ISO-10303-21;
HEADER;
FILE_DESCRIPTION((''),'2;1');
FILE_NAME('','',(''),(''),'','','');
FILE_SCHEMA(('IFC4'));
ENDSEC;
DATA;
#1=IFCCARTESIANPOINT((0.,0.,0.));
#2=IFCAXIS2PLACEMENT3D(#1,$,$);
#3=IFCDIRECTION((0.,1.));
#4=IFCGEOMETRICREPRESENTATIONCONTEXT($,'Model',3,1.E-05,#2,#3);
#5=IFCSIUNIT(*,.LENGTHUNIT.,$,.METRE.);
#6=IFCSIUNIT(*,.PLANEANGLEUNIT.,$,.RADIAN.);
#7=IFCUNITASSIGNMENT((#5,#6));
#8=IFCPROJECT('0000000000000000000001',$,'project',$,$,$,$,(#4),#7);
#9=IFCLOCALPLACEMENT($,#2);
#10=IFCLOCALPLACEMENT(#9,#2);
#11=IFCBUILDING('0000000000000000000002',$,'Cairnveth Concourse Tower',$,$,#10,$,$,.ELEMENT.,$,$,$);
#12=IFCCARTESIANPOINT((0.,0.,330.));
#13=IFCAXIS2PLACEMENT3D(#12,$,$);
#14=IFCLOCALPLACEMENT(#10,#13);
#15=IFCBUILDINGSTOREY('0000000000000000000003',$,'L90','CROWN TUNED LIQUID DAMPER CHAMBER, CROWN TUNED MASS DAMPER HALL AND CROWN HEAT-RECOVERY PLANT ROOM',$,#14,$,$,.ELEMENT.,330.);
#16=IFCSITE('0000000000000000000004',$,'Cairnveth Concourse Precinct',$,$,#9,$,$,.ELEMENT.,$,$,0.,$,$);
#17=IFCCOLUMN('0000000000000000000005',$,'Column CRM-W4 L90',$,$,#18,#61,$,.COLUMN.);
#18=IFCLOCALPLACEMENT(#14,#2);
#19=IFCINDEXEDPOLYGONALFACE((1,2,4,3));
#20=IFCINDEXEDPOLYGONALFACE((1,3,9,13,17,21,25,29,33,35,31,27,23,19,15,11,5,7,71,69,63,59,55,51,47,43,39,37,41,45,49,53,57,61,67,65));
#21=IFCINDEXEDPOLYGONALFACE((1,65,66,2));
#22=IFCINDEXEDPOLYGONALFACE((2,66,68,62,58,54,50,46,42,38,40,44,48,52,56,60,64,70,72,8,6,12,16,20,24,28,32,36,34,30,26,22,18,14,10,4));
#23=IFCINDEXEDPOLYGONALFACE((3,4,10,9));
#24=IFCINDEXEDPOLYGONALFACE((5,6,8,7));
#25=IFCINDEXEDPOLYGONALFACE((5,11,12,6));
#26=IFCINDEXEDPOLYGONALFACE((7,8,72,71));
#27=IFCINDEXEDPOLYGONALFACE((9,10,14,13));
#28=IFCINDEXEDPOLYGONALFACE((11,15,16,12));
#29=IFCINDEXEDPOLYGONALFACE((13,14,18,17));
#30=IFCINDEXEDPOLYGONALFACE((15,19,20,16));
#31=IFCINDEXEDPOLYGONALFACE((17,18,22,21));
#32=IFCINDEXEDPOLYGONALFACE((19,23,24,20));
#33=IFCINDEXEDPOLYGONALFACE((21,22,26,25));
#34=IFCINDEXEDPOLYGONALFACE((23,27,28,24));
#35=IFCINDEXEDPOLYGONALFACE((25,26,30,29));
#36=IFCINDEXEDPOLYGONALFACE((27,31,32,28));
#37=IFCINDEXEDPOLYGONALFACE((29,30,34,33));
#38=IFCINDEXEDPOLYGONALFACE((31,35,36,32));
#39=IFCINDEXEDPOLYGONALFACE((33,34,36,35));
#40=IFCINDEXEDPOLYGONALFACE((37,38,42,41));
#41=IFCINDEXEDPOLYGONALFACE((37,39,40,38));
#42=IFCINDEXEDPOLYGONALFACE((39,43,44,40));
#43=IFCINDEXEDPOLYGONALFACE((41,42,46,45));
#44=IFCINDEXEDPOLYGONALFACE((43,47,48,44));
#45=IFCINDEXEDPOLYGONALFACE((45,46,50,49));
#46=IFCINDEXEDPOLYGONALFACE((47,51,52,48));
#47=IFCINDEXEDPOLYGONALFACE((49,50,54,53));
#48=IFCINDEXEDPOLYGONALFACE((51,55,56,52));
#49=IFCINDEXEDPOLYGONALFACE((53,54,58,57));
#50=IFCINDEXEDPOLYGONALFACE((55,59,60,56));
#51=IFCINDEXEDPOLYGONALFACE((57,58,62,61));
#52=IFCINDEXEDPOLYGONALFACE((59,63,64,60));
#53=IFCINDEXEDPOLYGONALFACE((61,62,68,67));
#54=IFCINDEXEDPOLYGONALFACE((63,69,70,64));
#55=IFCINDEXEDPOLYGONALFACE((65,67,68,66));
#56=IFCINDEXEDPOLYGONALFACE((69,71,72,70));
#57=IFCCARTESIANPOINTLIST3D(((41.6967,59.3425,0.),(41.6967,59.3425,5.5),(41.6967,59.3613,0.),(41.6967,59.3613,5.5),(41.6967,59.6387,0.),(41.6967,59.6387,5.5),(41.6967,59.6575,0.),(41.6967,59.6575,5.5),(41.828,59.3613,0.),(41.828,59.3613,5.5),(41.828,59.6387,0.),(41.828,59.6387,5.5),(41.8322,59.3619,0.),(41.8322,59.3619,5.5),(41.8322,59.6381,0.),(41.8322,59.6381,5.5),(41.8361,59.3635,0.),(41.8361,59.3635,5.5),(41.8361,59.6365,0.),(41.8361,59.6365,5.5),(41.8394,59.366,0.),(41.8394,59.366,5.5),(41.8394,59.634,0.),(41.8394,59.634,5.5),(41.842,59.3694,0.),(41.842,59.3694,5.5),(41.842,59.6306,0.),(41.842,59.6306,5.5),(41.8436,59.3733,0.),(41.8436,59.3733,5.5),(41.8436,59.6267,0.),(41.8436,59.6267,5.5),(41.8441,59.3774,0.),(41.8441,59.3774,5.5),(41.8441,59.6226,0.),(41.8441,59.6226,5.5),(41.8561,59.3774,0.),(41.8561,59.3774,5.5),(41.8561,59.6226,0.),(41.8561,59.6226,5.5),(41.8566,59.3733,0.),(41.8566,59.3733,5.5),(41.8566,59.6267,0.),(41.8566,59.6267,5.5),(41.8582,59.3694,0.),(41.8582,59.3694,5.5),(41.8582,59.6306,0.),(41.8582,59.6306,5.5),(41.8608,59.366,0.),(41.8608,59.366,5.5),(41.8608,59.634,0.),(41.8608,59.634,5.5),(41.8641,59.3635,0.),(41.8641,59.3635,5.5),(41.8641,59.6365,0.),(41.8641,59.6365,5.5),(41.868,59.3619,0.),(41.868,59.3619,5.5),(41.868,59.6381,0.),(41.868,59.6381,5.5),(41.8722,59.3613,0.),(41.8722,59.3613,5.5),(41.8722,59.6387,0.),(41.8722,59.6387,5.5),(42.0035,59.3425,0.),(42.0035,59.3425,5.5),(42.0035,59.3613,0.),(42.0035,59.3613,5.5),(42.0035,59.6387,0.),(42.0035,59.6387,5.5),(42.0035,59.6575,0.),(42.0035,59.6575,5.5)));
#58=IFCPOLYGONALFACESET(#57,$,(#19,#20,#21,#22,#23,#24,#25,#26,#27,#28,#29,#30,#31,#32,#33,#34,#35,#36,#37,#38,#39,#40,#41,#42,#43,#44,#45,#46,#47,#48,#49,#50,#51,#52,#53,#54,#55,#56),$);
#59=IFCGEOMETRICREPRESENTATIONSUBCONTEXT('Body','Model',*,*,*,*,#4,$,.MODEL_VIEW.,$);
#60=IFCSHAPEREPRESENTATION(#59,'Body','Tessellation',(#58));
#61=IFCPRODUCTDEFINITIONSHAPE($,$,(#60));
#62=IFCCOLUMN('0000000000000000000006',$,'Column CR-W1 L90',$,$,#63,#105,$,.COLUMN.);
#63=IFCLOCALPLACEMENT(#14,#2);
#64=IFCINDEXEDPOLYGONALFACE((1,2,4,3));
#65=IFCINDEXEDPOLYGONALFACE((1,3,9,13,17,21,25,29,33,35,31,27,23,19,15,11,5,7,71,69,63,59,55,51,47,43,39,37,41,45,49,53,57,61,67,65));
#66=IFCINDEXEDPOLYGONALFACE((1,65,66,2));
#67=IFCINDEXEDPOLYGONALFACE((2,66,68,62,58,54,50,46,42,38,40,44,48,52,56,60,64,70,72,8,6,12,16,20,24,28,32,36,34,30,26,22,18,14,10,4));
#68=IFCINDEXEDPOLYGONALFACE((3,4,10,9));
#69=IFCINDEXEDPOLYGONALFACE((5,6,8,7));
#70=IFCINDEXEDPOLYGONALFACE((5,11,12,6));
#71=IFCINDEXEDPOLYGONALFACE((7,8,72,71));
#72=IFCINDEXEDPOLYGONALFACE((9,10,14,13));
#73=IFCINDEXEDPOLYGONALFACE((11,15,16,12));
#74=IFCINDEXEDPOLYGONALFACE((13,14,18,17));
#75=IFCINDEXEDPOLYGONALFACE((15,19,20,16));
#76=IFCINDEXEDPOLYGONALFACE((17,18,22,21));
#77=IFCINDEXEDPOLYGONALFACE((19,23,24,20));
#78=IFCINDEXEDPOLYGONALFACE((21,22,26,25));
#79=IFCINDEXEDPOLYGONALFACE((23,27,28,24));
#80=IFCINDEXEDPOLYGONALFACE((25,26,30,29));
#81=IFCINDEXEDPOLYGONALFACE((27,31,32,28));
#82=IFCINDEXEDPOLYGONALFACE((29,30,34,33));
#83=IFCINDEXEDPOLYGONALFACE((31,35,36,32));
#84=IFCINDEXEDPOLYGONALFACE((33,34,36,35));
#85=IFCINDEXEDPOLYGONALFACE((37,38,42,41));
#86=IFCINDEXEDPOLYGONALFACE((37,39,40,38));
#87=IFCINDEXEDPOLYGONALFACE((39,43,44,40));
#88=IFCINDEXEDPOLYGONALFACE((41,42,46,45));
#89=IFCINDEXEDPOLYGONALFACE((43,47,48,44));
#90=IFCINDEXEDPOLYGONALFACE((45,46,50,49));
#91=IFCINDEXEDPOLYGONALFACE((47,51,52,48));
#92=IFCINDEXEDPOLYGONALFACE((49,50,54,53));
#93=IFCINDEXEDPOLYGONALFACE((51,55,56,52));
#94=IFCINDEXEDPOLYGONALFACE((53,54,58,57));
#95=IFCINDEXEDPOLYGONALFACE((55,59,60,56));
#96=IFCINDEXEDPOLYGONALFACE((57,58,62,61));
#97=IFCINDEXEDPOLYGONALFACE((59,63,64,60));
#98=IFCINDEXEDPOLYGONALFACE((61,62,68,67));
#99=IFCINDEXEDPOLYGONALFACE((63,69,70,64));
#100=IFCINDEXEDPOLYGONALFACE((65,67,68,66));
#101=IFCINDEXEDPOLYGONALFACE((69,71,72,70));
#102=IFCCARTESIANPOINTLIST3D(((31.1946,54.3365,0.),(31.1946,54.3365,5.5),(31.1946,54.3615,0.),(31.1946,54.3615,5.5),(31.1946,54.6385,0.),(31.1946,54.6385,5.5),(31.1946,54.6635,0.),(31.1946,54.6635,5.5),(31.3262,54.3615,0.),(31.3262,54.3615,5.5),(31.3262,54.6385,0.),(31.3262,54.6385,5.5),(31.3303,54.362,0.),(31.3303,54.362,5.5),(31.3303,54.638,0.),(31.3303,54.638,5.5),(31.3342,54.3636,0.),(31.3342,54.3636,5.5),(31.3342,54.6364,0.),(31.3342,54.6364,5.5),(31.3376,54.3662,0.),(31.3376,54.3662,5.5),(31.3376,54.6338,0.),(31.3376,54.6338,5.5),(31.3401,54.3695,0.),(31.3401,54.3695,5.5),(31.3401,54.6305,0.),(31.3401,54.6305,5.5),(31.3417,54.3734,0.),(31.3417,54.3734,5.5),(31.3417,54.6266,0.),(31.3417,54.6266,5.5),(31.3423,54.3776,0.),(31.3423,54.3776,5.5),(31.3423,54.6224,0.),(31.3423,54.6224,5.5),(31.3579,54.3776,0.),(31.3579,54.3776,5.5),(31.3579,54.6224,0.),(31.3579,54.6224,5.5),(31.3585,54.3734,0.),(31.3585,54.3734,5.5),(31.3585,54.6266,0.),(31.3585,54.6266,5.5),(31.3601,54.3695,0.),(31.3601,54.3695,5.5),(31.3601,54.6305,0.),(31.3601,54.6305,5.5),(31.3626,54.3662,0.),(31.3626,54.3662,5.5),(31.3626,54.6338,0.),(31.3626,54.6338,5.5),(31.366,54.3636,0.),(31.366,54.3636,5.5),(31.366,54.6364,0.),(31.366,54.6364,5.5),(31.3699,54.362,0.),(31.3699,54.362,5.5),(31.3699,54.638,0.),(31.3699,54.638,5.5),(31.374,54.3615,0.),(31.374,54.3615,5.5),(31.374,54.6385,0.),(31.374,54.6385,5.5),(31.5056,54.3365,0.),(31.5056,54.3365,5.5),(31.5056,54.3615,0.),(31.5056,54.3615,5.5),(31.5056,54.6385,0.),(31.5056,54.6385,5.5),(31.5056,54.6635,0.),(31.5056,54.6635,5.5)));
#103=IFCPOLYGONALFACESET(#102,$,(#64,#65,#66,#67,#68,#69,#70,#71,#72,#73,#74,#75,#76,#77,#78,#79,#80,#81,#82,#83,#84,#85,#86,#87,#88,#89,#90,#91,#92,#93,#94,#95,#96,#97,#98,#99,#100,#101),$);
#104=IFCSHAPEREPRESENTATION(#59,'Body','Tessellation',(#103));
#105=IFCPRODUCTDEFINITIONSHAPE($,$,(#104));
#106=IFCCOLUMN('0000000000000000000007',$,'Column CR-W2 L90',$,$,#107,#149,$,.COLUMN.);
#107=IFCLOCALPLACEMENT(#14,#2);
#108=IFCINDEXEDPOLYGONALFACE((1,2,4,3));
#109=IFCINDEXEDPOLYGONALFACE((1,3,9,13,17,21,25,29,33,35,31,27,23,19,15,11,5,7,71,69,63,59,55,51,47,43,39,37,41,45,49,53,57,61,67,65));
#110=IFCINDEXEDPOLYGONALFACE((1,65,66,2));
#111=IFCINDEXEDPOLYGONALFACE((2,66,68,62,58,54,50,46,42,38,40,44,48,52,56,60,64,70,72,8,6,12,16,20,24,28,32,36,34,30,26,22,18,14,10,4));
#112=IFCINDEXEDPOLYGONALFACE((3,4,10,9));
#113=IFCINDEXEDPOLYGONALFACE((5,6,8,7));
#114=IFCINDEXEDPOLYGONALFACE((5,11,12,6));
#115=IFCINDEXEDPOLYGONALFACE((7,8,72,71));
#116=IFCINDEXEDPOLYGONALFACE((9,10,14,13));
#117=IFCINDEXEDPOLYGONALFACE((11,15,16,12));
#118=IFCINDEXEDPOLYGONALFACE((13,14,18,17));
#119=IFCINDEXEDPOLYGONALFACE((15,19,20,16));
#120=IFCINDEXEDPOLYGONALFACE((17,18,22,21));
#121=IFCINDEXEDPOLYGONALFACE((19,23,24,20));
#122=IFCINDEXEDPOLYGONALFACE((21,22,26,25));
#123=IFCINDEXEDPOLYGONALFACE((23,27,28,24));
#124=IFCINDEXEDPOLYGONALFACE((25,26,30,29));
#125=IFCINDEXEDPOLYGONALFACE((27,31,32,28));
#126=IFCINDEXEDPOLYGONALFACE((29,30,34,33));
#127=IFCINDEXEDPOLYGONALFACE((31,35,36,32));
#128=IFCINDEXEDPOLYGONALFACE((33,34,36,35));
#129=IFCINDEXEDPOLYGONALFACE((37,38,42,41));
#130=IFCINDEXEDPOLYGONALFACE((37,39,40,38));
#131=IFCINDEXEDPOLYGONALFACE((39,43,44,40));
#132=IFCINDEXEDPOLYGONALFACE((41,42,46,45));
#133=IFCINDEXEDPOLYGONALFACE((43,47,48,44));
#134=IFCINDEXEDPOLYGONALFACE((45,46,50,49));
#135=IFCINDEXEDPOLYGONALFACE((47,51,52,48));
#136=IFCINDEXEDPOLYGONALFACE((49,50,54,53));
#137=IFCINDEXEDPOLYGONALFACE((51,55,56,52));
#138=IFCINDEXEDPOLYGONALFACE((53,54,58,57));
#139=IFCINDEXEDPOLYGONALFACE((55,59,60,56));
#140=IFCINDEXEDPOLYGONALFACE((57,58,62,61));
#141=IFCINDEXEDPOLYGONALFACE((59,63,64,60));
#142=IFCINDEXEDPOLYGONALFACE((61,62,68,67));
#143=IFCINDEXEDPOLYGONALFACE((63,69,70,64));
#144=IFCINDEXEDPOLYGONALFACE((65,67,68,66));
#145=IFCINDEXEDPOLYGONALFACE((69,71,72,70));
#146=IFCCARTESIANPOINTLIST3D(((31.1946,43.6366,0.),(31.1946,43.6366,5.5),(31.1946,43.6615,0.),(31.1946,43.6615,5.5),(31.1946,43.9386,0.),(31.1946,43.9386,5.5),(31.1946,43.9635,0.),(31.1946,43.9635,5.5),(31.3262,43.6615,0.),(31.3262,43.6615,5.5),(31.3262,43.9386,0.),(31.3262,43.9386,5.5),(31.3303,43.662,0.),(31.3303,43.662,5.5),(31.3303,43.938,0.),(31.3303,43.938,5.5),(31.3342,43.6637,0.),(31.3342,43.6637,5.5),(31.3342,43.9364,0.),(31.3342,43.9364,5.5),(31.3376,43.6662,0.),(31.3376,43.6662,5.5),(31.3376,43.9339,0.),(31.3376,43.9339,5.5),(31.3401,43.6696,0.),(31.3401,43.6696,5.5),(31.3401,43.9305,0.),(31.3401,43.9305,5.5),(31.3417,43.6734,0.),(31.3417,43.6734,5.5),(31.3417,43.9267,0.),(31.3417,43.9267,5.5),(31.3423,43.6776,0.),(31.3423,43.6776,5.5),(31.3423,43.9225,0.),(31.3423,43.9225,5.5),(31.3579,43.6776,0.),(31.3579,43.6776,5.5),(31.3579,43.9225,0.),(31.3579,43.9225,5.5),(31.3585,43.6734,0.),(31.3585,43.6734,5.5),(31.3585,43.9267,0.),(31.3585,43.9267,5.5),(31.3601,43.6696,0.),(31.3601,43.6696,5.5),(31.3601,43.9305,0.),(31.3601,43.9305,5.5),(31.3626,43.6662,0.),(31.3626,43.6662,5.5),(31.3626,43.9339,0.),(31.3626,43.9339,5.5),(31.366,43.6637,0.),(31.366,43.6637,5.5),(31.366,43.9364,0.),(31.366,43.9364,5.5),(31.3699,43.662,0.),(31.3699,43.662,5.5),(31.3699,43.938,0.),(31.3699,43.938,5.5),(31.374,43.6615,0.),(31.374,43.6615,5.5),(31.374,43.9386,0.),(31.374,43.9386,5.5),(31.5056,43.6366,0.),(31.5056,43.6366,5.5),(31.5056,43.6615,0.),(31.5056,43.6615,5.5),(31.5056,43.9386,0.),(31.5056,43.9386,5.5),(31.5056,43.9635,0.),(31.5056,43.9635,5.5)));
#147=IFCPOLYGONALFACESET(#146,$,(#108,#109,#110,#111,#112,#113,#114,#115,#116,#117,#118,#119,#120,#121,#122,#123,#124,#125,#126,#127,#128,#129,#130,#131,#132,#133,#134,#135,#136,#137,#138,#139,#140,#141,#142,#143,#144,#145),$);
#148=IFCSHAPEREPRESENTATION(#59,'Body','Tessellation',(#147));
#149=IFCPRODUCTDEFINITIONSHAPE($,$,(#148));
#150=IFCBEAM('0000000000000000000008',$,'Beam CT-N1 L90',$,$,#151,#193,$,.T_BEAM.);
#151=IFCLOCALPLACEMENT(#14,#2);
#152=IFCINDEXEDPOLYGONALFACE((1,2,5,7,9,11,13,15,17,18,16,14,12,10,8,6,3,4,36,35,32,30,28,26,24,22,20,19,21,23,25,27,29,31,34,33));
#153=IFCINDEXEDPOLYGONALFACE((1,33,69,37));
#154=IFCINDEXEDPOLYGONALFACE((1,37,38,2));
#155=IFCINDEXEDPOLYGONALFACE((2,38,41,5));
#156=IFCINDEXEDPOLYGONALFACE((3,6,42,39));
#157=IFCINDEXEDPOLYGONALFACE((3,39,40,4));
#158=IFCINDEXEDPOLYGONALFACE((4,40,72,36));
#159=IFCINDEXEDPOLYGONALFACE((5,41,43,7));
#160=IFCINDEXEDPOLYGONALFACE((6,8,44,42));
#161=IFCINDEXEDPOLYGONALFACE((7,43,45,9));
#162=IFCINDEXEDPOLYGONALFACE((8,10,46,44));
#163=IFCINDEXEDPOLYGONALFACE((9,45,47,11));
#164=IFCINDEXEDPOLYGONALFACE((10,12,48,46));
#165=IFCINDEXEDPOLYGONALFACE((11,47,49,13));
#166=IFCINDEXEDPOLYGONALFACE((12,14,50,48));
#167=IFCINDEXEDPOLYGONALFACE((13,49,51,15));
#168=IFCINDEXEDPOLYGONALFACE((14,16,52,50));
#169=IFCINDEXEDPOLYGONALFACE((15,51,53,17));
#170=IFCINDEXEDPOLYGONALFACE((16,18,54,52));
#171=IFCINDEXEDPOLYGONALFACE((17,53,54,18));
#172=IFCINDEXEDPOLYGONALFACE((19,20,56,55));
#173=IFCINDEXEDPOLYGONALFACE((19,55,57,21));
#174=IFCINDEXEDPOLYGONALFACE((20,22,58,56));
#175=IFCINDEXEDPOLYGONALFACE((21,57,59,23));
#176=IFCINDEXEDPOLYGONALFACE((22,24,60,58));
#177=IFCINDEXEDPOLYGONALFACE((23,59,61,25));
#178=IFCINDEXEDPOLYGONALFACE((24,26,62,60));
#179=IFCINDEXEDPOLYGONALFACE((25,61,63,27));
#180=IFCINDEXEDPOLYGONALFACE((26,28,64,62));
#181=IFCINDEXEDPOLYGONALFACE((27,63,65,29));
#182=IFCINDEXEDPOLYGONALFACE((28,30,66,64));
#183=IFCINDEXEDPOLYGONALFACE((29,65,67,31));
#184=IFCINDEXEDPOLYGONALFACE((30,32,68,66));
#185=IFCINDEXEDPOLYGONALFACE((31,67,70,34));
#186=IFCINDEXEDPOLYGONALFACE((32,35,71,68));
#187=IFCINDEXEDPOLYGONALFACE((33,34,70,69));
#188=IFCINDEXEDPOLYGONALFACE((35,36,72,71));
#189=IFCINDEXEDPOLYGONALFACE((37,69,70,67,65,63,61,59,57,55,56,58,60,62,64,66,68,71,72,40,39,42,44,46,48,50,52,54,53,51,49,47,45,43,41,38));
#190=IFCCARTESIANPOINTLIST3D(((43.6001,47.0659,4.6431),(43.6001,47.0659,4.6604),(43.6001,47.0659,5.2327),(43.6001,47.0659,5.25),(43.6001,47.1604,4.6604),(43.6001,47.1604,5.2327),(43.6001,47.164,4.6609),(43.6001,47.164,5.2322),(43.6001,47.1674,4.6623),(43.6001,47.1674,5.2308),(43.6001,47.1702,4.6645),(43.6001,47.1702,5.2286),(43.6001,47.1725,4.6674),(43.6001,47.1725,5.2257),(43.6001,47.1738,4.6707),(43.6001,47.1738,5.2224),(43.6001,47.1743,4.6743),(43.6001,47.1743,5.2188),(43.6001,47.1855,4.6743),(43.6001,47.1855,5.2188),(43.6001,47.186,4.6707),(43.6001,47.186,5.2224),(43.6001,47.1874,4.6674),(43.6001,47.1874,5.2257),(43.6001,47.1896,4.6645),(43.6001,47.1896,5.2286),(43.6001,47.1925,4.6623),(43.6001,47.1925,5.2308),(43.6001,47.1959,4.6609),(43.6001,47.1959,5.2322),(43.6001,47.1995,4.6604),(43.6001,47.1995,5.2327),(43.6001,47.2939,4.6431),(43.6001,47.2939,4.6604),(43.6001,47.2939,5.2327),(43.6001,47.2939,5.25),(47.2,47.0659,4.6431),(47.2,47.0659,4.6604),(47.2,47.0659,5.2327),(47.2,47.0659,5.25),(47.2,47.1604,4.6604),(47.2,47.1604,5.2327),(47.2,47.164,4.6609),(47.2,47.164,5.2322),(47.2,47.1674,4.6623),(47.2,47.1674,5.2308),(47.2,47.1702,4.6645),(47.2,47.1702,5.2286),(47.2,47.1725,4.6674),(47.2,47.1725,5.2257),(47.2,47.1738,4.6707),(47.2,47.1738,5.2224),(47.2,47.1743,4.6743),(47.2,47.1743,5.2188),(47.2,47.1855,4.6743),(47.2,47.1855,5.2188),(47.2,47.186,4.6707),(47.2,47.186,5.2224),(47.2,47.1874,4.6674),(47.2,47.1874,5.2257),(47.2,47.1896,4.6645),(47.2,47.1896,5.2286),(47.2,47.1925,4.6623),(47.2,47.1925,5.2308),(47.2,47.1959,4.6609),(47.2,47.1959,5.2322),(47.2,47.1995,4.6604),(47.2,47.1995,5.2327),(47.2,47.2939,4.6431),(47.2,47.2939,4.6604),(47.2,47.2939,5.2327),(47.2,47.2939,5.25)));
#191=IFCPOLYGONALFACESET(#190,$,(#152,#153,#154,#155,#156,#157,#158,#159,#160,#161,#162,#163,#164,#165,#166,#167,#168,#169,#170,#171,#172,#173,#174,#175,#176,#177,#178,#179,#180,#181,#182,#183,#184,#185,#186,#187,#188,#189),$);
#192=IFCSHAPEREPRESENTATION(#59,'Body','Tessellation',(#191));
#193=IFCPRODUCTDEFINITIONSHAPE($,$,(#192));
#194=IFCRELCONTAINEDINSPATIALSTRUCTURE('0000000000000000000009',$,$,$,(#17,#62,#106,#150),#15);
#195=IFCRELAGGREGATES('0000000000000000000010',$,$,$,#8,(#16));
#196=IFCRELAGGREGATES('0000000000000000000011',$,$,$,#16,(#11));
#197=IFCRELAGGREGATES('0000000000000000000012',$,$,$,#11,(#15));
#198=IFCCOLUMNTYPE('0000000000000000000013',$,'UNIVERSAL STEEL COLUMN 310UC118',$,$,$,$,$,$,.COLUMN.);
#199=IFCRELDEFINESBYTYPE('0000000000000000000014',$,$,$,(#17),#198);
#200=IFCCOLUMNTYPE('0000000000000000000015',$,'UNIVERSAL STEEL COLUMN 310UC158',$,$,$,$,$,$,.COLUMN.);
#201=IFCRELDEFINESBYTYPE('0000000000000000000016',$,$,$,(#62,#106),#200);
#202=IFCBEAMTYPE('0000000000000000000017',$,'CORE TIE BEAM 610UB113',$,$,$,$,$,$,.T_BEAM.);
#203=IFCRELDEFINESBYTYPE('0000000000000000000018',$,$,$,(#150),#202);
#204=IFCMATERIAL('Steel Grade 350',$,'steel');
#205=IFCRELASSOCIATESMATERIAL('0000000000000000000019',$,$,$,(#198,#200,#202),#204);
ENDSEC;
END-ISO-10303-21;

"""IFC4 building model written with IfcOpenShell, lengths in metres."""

from ifc_helpers import new_model, si_unit, direction, frame, origin, origin_2d, place, context, subcontext, project, spatial, i_section, extrude, material, material_profile, profile_set, type_object, element, save


model = new_model("IFC4")

# Units and contexts
model_context = context("Model", 3, precision=1e-05, world=origin(), true_north=direction((0.0, 1.0)))
body_context = subcontext(model_context, "Body", "Model", "MODEL_VIEW")
ifc_project = project(units=[si_unit("LENGTHUNIT", "METRE"), si_unit("PLANEANGLEUNIT", "RADIAN")], contexts=[model_context])

# Site, building, storey
site_placement = place(None, origin())
site = spatial("IfcSite", under=ifc_project, at=site_placement, Name="Cairnveth Concourse Precinct", CompositionType="ELEMENT", RefElevation=0.0)
building_placement = place(site_placement, origin())
building = spatial("IfcBuilding", under=site, at=building_placement, Name="Cairnveth Concourse Tower", CompositionType="ELEMENT")
storey_placement = place(building_placement, frame((0.0, 0.0, 330.0)))
storey = spatial("IfcBuildingStorey", under=building, at=storey_placement, Name="L90", Description="CROWN TUNED LIQUID DAMPER CHAMBER, CROWN TUNED MASS DAMPER HALL AND CROWN HEAT-RECOVERY PLANT ROOM", CompositionType="ELEMENT", Elevation=330.0)

# Columns
ifc_material_1 = material(Name="Steel Grade 350", Category="steel")
ifc_material_profile_1 = material_profile(ifc_material_1, i_section(OverallWidth=0.3069, OverallDepth=0.3149, WebThickness=0.012, FlangeThickness=0.0188, FilletRadius=0.0161, at=origin_2d()), Name="310UC118")
ifc_profile_set_1 = profile_set([ifc_material_profile_1], Name="Steel Grade 350")
column_type_1 = type_object("IfcColumnType", Name="UNIVERSAL STEEL COLUMN 310UC118", PredefinedType="COLUMN", material=ifc_profile_set_1)
for number, where, z_axis, x_axis, name in (
    (1, (41.8501, 59.5, 0.0), (0.0, 0.0, 1.0), (1.0, 0.0, 0.0), "Column CRM-W4 L90"),
):
    element("IfcColumn", number, at=place(storey_placement, frame(where, z_axis=z_axis, x_axis=x_axis)), inside=storey, type_object=column_type_1, Name=name, PredefinedType="COLUMN", context=body_context, shape_type="SweptSolid", body=[
        extrude(i_section(OverallWidth=0.3069, OverallDepth=0.3149, WebThickness=0.012, FlangeThickness=0.0188, FilletRadius=0.0161, at=origin_2d()), origin(), (0.0, 0.0, 1.0), 5.5),
    ])
ifc_material_profile_2 = material_profile(ifc_material_1, i_section(OverallWidth=0.311, OverallDepth=0.3269, WebThickness=0.0156, FlangeThickness=0.0249, FilletRadius=0.0161, at=origin_2d()), Name="310UC158")
ifc_profile_set_2 = profile_set([ifc_material_profile_2], Name="Steel Grade 350")
column_type_2 = type_object("IfcColumnType", Name="UNIVERSAL STEEL COLUMN 310UC158", PredefinedType="COLUMN", material=ifc_profile_set_2)
for number, where, z_axis, x_axis, name in (
    (2, (31.3501, 54.5, 0.0), (0.0, 0.0, 1.0), (1.0, 0.0, 0.0), "Column CR-W1 L90"),
    (3, (31.3501, 43.8, 0.0), (0.0, 0.0, 1.0), (1.0, 0.0, 0.0), "Column CR-W2 L90"),
):
    element("IfcColumn", number, at=place(storey_placement, frame(where, z_axis=z_axis, x_axis=x_axis)), inside=storey, type_object=column_type_2, Name=name, PredefinedType="COLUMN", context=body_context, shape_type="SweptSolid", body=[
        extrude(i_section(OverallWidth=0.311, OverallDepth=0.3269, WebThickness=0.0156, FlangeThickness=0.0249, FilletRadius=0.0161, at=origin_2d()), origin(), (0.0, 0.0, 1.0), 5.5),
    ])

# Beam
ifc_material_profile_3 = material_profile(ifc_material_1, i_section(OverallWidth=0.228, OverallDepth=0.6069, WebThickness=0.0112, FlangeThickness=0.0173, FilletRadius=0.0139, at=origin_2d()), Name="610UB113")
ifc_profile_set_3 = profile_set([ifc_material_profile_3], Name="Steel Grade 350")
beam_type_1 = type_object("IfcBeamType", Name="CORE TIE BEAM 610UB113", PredefinedType="T_BEAM", material=ifc_profile_set_3)
beam_1_placement = place(storey_placement, frame((43.6001, 47.1799, 4.9465), z_axis=(1.0, 0.0, 0.0), x_axis=(0.0, 1.0, 0.0)))
element("IfcBeam", 4, at=beam_1_placement, inside=storey, type_object=beam_type_1, Name="Beam CT-N1 L90", PredefinedType="T_BEAM", context=body_context, shape_type="SweptSolid", body=[
    extrude(i_section(OverallWidth=0.228, OverallDepth=0.6069, WebThickness=0.0112, FlangeThickness=0.0173, FilletRadius=0.0139, at=origin_2d()), origin(), (0.0, 0.0, 1.0), 3.5999),
])

save(model, "model.ifc")
